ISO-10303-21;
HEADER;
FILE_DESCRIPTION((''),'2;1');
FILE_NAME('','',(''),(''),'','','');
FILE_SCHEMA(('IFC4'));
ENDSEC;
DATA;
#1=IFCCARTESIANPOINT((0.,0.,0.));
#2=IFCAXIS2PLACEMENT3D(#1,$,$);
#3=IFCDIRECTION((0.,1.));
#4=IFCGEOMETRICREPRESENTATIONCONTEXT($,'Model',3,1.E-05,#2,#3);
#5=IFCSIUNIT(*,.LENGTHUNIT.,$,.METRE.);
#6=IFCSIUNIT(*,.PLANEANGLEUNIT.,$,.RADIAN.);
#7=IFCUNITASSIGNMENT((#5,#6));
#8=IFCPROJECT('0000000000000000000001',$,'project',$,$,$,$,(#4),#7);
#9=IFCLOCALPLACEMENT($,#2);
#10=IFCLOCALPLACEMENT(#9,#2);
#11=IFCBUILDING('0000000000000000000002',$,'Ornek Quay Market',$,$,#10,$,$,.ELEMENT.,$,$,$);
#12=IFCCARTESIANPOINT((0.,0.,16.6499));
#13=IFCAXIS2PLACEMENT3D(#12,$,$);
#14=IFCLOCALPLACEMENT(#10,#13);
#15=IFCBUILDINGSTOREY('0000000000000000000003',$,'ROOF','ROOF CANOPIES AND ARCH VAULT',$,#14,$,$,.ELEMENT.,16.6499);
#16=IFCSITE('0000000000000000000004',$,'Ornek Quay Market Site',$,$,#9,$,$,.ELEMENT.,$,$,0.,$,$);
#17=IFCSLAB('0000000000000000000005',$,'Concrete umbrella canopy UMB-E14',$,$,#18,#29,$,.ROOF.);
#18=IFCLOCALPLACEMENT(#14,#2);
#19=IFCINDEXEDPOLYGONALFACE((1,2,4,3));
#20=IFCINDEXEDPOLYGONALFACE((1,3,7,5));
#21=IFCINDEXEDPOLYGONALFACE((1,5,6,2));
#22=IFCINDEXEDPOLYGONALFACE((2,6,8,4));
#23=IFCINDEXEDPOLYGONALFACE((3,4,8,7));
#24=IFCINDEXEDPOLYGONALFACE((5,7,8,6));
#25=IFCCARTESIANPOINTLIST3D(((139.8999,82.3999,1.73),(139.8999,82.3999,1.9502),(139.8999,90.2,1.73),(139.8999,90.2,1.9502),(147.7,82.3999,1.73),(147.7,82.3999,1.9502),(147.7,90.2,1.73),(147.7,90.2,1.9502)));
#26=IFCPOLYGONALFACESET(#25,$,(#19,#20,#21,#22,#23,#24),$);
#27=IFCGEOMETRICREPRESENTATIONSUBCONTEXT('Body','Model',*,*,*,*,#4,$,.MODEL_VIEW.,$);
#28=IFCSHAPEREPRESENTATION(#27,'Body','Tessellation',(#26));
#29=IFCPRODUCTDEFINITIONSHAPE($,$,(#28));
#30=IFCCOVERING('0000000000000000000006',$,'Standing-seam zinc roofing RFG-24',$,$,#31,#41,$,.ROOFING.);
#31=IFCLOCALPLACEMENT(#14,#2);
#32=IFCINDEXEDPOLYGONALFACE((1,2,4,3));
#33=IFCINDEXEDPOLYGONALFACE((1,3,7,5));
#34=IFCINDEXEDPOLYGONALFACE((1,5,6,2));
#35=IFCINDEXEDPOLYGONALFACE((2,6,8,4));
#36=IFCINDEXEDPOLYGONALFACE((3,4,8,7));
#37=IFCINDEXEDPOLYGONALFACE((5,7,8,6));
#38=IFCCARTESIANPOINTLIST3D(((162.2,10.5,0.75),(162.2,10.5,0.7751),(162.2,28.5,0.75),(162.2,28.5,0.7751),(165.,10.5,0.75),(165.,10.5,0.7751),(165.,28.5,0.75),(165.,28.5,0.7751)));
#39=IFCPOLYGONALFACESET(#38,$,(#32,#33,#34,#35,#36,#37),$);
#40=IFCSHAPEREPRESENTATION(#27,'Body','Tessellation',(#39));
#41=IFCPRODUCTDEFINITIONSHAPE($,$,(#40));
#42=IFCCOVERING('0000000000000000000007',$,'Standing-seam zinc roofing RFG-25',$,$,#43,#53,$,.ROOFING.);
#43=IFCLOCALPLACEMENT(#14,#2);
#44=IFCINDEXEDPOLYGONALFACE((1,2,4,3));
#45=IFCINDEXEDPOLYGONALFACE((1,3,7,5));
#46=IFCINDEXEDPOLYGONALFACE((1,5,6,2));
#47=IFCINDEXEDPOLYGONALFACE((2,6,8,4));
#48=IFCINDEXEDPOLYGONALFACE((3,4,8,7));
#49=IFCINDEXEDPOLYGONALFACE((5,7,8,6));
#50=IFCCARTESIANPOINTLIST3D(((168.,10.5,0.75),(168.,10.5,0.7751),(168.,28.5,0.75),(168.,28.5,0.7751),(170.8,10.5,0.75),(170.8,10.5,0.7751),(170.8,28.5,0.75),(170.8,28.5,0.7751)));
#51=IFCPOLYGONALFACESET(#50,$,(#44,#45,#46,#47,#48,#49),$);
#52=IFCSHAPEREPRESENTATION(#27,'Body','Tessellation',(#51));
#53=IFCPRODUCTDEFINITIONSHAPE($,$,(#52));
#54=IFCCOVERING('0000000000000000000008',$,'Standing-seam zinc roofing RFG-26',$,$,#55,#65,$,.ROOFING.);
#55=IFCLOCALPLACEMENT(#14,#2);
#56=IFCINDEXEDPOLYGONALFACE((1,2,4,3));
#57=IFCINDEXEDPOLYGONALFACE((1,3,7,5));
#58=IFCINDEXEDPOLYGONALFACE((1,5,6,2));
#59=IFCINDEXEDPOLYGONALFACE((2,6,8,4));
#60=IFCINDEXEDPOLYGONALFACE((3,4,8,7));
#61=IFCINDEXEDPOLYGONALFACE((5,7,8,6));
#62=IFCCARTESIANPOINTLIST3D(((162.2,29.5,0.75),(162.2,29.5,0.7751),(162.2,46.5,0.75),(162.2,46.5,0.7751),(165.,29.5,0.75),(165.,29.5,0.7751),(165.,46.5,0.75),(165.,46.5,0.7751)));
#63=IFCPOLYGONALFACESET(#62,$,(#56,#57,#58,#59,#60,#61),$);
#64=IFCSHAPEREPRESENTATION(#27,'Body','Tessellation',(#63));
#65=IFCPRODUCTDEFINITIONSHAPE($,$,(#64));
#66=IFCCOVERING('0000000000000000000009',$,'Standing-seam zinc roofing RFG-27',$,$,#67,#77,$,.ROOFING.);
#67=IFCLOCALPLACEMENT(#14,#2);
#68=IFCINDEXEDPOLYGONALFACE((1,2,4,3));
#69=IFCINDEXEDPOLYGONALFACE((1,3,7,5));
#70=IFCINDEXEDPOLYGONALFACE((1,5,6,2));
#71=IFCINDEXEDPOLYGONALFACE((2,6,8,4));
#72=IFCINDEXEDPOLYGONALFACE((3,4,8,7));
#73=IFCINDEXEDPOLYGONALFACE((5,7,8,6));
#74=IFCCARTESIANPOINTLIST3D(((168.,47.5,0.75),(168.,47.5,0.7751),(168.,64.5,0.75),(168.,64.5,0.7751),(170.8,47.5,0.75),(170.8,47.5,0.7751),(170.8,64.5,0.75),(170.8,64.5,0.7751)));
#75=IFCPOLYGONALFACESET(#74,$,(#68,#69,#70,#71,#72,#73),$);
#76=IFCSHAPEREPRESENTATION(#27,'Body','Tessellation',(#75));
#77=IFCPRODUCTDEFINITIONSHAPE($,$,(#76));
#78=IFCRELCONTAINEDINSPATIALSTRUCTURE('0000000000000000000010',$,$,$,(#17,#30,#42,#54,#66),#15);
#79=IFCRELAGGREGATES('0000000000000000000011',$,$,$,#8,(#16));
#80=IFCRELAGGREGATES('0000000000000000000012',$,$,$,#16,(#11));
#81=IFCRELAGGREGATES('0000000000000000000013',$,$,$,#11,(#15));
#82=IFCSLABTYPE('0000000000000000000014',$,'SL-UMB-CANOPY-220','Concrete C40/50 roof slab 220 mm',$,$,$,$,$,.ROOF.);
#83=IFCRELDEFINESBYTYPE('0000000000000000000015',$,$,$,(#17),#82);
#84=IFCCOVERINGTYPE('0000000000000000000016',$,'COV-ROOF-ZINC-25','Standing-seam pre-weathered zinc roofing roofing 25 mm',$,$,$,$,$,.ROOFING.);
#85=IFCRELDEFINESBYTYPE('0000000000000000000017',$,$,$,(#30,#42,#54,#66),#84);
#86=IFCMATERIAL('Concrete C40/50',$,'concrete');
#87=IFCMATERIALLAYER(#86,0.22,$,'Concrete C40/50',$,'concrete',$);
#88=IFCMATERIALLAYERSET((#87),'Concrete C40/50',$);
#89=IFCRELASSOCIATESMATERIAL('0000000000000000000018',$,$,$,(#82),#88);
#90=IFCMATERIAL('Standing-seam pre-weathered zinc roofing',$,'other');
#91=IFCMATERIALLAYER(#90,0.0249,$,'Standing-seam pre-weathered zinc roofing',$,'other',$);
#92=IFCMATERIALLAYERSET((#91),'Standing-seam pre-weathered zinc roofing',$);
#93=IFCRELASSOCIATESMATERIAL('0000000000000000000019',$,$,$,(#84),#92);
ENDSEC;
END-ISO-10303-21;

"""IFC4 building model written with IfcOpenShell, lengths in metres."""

from ifc_helpers import new_model, si_unit, direction, frame, origin, place, context, subcontext, project, spatial, polyline, outline, extrude, material, layer, layer_set, type_object, element, save


model = new_model("IFC4")

# Units and contexts
model_context = context("Model", 3, precision=1e-05, world=origin(), true_north=direction((0.0, 1.0)))
body_context = subcontext(model_context, "Body", "Model", "MODEL_VIEW")
ifc_project = project(units=[si_unit("LENGTHUNIT", "METRE"), si_unit("PLANEANGLEUNIT", "RADIAN")], contexts=[model_context])

# Site, building, storey
site_placement = place(None, origin())
site = spatial("IfcSite", under=ifc_project, at=site_placement, Name="Ornek Quay Market Site", CompositionType="ELEMENT", RefElevation=0.0)
building_placement = place(site_placement, origin())
building = spatial("IfcBuilding", under=site, at=building_placement, Name="Ornek Quay Market", CompositionType="ELEMENT")
storey_placement = place(building_placement, frame((0.0, 0.0, 16.6499)))
storey = spatial("IfcBuildingStorey", under=building, at=storey_placement, Name="ROOF", Description="ROOF CANOPIES AND ARCH VAULT", CompositionType="ELEMENT", Elevation=16.6499)

# Shared definitions
ifc_material_1 = material(Name="Concrete C40/50", Category="concrete")

# Slab
ifc_layer_1 = layer(ifc_material_1, 0.22, Name="Concrete C40/50", Category="concrete")
ifc_layer_set_1 = layer_set([ifc_layer_1], Name="Concrete C40/50")
slab_type_1 = type_object("IfcSlabType", Name="SL-UMB-CANOPY-220", Description="Concrete C40/50 roof slab 220 mm", PredefinedType="ROOF", material=ifc_layer_set_1)
slab_1_placement = place(storey_placement, frame((0.0, 0.0, 1.73)))
element("IfcSlab", 1, at=slab_1_placement, inside=storey, type_object=slab_type_1, Name="Concrete umbrella canopy UMB-E14", PredefinedType="ROOF", context=body_context, shape_type="SweptSolid", body=[
    extrude(outline(polyline([(139.8999, 82.3999), (147.7, 82.3999), (147.7, 90.2), (139.8999, 90.2), (139.8999, 82.3999)])), origin(), (0.0, 0.0, 1.0), 0.2202),
])

# Coverings
ifc_material_2 = material(Name="Standing-seam pre-weathered zinc roofing", Category="other")
ifc_layer_2 = layer(ifc_material_2, 0.0249, Name="Standing-seam pre-weathered zinc roofing", Category="other")
ifc_layer_set_2 = layer_set([ifc_layer_2], Name="Standing-seam pre-weathered zinc roofing")
covering_type = type_object("IfcCoveringType", Name="COV-ROOF-ZINC-25", Description="Standing-seam pre-weathered zinc roofing roofing 25 mm", PredefinedType="ROOFING", material=ifc_layer_set_2)
covering_1_placement = place(storey_placement, frame((0.0, 0.0, 0.75)))
element("IfcCovering", 2, at=covering_1_placement, inside=storey, type_object=covering_type, Name="Standing-seam zinc roofing RFG-24", PredefinedType="ROOFING", context=body_context, shape_type="SweptSolid", body=[
    extrude(outline(polyline([(162.2, 10.5), (165.0, 10.5), (165.0, 28.5), (162.2, 28.5), (162.2, 10.5)])), origin(), (0.0, 0.0, 1.0), 0.0251),
])
covering_2_placement = place(storey_placement, frame((0.0, 0.0, 0.75)))
element("IfcCovering", 3, at=covering_2_placement, inside=storey, type_object=covering_type, Name="Standing-seam zinc roofing RFG-25", PredefinedType="ROOFING", context=body_context, shape_type="SweptSolid", body=[
    extrude(outline(polyline([(168.0, 10.5), (170.8, 10.5), (170.8, 28.5), (168.0, 28.5), (168.0, 10.5)])), origin(), (0.0, 0.0, 1.0), 0.0251),
])
covering_3_placement = place(storey_placement, frame((0.0, 0.0, 0.75)))
element("IfcCovering", 4, at=covering_3_placement, inside=storey, type_object=covering_type, Name="Standing-seam zinc roofing RFG-26", PredefinedType="ROOFING", context=body_context, shape_type="SweptSolid", body=[
    extrude(outline(polyline([(162.2, 29.5), (165.0, 29.5), (165.0, 46.5), (162.2, 46.5), (162.2, 29.5)])), origin(), (0.0, 0.0, 1.0), 0.0251),
])
covering_4_placement = place(storey_placement, frame((0.0, 0.0, 0.75)))
element("IfcCovering", 5, at=covering_4_placement, inside=storey, type_object=covering_type, Name="Standing-seam zinc roofing RFG-27", PredefinedType="ROOFING", context=body_context, shape_type="SweptSolid", body=[
    extrude(outline(polyline([(168.0, 47.5), (170.8, 47.5), (170.8, 64.5), (168.0, 64.5), (168.0, 47.5)])), origin(), (0.0, 0.0, 1.0), 0.0251),
])

save(model, "model.ifc")
